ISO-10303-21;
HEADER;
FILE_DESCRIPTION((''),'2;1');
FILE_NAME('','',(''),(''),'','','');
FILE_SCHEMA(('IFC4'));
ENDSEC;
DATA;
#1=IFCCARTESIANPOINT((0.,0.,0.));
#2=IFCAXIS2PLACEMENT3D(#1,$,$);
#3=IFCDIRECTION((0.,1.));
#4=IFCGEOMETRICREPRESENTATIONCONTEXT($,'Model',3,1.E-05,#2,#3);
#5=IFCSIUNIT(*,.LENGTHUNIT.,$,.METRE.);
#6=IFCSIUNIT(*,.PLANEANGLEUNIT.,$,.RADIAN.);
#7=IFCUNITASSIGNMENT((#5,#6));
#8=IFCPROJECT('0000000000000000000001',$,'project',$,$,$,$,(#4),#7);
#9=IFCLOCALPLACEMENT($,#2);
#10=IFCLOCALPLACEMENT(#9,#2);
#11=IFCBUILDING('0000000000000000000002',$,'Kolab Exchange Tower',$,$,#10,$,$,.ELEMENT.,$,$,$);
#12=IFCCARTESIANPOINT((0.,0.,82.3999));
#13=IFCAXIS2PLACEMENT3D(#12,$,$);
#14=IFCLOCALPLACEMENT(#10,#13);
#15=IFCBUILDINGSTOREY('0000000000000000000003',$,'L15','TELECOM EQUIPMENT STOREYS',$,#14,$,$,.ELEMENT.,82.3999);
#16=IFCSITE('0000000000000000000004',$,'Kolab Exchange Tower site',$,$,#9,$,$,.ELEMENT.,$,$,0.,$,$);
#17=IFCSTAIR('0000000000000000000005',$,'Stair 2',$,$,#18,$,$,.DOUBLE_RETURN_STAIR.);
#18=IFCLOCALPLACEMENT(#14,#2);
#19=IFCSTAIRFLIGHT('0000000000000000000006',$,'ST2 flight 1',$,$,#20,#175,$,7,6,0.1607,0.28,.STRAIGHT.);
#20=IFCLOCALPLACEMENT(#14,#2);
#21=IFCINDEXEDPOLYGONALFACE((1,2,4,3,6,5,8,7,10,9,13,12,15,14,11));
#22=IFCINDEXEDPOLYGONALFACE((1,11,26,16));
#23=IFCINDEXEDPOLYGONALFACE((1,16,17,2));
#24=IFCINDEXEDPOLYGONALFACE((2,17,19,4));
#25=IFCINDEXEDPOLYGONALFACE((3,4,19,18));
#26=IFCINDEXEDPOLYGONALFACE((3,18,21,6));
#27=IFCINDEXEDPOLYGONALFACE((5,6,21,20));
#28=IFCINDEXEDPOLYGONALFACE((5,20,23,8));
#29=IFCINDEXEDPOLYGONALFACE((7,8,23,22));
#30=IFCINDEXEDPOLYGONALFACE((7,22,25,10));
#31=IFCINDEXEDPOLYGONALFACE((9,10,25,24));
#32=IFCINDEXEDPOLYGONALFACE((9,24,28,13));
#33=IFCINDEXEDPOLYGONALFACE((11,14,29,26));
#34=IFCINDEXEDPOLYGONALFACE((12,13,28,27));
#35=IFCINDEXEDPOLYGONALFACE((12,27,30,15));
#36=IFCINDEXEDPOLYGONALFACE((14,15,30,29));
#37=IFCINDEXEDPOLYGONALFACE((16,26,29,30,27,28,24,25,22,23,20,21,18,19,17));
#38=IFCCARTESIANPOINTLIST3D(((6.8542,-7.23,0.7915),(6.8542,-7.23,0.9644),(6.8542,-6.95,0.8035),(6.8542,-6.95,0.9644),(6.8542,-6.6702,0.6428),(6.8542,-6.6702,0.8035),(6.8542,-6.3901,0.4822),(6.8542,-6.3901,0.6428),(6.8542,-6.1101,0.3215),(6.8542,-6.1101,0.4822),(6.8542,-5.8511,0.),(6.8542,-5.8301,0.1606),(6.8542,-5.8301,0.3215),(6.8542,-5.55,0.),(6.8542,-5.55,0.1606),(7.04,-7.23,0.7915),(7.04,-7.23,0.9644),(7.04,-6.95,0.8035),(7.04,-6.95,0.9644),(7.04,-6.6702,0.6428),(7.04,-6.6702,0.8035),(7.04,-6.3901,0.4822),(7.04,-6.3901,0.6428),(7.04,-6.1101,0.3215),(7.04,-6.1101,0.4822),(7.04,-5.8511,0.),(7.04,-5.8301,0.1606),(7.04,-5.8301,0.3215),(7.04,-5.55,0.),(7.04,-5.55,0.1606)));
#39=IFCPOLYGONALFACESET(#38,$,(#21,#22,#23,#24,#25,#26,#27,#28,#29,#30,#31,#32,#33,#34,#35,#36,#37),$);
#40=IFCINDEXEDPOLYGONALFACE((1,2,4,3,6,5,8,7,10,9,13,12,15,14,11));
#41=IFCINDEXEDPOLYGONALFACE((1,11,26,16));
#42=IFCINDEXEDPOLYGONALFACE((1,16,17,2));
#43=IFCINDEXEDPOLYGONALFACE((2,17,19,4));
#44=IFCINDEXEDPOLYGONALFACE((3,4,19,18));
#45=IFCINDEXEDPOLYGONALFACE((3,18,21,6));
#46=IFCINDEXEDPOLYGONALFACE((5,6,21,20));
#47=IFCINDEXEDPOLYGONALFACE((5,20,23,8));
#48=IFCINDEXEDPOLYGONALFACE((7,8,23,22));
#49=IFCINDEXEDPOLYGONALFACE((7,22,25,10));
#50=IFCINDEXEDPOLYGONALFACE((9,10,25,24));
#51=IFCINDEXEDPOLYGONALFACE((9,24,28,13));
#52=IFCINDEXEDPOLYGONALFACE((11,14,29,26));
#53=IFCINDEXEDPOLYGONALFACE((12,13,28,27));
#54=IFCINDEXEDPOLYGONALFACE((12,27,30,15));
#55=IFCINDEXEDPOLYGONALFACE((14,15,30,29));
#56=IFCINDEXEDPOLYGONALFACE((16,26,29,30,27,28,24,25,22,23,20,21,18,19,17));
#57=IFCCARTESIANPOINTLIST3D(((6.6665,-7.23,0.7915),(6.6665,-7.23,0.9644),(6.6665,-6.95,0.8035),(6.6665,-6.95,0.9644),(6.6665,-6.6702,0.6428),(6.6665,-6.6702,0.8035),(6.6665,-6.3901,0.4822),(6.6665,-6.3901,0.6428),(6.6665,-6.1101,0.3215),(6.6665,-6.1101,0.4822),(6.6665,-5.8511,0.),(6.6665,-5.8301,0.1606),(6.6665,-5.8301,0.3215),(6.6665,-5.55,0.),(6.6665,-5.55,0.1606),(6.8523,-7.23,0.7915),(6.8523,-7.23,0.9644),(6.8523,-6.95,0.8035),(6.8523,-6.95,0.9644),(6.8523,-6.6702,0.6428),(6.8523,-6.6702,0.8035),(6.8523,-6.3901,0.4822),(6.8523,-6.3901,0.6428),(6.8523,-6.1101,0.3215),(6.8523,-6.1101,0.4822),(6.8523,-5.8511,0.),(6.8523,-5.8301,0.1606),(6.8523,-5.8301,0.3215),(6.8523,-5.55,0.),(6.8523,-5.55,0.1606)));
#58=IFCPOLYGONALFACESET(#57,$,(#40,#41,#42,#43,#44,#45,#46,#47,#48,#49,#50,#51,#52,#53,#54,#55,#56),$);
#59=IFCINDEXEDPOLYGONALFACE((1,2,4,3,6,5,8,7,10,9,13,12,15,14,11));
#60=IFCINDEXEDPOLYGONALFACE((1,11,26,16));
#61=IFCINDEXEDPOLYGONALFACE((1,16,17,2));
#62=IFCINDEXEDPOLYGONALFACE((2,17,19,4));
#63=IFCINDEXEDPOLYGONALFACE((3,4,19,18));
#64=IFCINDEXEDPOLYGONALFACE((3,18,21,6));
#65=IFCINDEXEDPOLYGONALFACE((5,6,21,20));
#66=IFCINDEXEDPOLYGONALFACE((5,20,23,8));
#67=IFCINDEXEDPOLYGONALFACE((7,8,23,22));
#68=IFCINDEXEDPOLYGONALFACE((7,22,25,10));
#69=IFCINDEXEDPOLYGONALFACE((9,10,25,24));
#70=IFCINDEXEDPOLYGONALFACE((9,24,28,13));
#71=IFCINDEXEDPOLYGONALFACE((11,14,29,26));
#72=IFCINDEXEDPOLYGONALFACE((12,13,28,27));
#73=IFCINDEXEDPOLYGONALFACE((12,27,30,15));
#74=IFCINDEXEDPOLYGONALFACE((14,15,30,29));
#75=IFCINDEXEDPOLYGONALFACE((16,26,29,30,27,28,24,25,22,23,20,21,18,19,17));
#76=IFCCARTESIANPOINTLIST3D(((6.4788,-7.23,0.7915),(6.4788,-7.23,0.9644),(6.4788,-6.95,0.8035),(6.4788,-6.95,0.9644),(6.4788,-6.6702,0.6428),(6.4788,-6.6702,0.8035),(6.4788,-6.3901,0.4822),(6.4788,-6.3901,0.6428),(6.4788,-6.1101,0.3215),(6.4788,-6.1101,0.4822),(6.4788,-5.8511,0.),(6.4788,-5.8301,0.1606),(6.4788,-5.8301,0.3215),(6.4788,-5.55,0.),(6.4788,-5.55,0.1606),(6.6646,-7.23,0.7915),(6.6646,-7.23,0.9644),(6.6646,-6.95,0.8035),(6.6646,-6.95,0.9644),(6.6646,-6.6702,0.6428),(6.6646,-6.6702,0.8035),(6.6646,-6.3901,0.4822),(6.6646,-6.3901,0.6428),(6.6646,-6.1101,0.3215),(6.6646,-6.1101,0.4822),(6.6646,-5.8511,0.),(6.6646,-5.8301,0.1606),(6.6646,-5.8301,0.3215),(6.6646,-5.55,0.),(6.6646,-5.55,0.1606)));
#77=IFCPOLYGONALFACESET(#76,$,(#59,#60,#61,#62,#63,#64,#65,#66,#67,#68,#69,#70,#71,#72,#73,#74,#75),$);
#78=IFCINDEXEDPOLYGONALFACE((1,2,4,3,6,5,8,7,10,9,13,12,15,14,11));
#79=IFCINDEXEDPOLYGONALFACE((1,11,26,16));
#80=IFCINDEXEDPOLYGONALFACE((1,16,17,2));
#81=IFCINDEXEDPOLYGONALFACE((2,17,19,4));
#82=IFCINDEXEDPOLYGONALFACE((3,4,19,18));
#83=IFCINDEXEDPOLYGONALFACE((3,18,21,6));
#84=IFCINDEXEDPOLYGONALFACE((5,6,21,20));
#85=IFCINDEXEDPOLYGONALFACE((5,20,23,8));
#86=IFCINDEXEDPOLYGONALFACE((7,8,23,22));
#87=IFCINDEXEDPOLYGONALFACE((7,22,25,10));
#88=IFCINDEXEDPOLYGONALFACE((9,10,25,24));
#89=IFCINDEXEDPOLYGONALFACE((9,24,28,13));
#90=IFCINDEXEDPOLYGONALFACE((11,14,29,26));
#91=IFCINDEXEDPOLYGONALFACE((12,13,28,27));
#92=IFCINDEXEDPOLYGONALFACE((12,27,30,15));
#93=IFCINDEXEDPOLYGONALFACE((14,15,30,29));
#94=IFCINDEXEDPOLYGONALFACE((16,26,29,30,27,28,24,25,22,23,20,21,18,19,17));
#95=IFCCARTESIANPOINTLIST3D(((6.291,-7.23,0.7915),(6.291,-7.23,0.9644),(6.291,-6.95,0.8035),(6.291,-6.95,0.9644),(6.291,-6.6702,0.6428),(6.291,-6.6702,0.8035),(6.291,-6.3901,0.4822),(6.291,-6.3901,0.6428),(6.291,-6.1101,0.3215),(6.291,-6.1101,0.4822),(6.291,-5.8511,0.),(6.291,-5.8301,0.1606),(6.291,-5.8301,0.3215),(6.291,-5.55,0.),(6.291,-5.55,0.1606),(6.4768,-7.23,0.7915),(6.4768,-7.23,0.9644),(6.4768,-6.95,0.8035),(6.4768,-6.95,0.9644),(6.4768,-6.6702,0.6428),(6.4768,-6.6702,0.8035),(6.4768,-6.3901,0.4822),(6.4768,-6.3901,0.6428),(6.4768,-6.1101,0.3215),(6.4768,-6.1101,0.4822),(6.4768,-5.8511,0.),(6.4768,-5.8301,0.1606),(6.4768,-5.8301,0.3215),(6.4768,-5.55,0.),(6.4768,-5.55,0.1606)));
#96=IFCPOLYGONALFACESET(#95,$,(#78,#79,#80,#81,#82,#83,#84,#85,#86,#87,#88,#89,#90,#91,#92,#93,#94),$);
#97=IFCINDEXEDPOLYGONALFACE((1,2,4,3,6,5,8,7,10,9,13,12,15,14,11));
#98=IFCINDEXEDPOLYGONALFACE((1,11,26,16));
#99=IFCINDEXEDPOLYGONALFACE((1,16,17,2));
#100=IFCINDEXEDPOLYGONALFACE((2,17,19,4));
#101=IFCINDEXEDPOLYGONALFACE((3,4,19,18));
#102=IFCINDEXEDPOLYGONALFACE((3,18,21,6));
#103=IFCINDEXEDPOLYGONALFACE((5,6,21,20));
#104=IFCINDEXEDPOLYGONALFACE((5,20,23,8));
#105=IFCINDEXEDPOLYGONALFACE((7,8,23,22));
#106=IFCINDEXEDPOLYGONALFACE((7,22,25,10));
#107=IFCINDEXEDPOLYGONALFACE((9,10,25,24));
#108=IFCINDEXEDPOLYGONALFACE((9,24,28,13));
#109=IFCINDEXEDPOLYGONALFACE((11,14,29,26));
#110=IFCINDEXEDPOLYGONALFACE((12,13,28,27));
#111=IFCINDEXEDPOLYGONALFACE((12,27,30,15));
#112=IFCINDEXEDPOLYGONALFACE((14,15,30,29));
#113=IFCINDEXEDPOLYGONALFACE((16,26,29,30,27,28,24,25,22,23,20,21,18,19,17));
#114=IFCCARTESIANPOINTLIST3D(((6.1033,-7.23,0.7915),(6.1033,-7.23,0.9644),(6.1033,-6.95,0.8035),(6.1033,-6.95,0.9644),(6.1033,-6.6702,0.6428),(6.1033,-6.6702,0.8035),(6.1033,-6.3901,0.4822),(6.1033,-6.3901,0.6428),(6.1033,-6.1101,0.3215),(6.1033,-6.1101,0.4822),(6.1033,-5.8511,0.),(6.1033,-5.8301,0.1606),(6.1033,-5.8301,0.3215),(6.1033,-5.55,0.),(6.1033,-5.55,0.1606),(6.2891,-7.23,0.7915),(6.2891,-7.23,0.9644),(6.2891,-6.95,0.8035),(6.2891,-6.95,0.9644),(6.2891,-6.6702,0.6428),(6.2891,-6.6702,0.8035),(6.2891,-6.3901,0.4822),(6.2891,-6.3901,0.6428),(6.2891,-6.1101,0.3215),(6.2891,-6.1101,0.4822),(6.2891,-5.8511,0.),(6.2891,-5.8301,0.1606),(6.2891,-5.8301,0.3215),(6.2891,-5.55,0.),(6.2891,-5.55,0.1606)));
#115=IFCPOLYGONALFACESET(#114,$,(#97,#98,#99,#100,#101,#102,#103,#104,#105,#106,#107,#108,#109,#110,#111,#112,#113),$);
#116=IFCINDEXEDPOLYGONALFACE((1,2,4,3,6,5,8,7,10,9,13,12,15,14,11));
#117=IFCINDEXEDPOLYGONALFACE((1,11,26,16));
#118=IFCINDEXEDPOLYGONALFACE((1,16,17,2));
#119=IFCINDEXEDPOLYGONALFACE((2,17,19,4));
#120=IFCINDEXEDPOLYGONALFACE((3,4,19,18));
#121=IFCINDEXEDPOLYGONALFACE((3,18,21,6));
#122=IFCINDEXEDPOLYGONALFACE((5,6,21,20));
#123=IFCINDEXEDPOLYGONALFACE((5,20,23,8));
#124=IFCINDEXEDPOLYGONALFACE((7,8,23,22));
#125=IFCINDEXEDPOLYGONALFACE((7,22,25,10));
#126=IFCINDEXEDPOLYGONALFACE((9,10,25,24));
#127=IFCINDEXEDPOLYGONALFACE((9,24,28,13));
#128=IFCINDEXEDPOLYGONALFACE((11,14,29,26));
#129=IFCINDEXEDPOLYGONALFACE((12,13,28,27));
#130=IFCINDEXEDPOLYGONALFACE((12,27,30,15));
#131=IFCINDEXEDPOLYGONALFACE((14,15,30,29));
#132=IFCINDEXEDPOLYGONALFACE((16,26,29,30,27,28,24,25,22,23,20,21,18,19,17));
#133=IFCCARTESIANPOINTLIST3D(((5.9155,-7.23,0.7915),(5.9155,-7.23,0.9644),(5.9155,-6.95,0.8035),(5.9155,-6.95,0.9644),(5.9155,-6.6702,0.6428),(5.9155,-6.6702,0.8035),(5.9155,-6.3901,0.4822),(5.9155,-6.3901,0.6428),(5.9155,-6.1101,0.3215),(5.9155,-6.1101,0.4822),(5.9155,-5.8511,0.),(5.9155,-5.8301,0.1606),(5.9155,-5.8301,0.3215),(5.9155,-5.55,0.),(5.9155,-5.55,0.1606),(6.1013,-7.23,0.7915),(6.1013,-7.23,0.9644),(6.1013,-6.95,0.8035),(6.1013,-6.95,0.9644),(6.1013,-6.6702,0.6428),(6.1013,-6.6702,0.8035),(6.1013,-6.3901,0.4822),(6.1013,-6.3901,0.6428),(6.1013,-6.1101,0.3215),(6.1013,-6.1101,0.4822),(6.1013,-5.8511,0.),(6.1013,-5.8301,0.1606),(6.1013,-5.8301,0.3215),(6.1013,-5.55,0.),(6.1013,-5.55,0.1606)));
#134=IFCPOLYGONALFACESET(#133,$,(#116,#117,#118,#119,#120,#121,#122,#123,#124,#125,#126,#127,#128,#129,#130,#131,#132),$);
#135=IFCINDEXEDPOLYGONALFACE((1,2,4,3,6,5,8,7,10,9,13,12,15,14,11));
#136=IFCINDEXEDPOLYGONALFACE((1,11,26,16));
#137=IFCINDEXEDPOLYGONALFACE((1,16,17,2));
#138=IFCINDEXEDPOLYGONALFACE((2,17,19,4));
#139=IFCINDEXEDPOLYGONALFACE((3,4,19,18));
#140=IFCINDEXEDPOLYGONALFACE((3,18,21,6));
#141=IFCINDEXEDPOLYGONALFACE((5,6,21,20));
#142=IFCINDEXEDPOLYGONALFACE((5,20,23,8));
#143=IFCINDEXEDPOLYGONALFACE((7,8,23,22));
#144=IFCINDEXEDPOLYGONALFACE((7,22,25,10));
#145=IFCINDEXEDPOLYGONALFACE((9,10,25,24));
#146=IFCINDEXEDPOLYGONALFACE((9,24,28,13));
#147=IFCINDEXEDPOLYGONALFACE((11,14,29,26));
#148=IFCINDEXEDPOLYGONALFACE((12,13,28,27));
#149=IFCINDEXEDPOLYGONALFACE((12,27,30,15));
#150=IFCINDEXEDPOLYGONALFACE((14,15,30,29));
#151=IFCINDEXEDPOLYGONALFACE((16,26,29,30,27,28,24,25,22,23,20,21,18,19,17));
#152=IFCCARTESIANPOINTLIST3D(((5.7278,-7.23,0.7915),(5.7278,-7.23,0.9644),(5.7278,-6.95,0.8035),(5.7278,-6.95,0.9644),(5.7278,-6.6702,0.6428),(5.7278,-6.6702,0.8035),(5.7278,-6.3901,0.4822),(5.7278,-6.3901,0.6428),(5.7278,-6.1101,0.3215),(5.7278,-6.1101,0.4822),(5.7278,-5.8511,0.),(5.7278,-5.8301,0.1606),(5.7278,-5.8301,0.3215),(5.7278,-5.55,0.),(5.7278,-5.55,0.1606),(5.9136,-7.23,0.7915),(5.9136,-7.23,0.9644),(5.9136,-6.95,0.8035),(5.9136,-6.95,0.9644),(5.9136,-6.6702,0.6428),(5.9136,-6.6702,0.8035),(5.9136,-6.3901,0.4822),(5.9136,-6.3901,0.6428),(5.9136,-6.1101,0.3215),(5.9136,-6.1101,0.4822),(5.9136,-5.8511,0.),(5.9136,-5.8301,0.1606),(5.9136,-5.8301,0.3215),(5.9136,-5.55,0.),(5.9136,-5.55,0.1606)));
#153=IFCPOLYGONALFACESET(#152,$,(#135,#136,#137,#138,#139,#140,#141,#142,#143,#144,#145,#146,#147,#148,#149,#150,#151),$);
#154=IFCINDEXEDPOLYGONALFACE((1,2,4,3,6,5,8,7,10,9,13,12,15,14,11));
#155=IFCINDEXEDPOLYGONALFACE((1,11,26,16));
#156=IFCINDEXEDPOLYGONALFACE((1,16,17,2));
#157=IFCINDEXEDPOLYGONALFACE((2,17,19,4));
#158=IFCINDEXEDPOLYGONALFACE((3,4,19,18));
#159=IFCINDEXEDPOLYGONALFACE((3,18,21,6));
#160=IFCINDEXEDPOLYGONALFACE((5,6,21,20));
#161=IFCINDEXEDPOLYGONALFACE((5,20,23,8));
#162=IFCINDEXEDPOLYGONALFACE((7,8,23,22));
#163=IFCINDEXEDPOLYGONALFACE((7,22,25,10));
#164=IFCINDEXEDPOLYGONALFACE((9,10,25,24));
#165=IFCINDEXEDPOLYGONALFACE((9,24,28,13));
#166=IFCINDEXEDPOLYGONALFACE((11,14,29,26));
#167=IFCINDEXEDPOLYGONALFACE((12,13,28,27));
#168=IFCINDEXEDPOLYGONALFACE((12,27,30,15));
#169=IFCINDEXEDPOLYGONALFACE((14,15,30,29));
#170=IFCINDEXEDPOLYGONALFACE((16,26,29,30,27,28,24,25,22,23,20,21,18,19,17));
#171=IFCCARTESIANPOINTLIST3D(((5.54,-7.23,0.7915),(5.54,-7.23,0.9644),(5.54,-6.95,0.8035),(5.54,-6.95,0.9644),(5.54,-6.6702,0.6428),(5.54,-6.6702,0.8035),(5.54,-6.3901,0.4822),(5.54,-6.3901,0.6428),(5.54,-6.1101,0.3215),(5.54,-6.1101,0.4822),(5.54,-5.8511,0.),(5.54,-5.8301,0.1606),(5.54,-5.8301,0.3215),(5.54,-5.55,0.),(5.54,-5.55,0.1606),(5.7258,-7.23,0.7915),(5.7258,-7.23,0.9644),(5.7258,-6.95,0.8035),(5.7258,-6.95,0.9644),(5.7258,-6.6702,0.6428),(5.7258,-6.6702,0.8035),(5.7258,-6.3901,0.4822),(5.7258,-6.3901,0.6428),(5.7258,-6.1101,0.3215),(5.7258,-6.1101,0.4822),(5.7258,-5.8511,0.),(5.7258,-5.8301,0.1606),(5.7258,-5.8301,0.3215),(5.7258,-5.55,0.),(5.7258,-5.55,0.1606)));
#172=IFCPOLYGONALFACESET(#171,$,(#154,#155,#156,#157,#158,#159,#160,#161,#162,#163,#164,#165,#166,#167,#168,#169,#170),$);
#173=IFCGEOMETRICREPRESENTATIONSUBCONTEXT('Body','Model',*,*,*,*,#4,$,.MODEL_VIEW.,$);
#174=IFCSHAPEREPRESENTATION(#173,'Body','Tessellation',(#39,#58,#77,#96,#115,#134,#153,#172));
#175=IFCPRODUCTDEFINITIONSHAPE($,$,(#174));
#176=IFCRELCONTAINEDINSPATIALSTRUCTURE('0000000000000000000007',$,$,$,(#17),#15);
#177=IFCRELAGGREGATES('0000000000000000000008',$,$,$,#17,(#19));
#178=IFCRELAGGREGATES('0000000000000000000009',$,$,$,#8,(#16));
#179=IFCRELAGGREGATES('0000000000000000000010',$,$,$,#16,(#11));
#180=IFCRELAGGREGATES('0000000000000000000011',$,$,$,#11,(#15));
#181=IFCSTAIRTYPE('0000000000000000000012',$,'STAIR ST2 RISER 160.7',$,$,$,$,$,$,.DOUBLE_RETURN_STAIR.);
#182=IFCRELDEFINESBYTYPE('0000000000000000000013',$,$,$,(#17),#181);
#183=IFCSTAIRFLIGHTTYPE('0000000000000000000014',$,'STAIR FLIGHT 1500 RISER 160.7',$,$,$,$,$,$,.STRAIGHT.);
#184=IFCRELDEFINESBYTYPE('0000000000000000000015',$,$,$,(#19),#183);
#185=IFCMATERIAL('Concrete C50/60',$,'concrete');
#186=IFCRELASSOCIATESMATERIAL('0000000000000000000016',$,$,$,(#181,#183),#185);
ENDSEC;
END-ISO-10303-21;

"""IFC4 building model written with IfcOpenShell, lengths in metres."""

from ifc_helpers import new_model, si_unit, direction, frame, origin, place, context, subcontext, project, spatial, polyline, outline, extrude, material, type_object, element, aggregate, save


model = new_model("IFC4")

# Units and contexts
model_context = context("Model", 3, precision=1e-05, world=origin(), true_north=direction((0.0, 1.0)))
body_context = subcontext(model_context, "Body", "Model", "MODEL_VIEW")
ifc_project = project(units=[si_unit("LENGTHUNIT", "METRE"), si_unit("PLANEANGLEUNIT", "RADIAN")], contexts=[model_context])

# Site, building, storey
site_placement = place(None, origin())
site = spatial("IfcSite", under=ifc_project, at=site_placement, Name="Kolab Exchange Tower site", CompositionType="ELEMENT", RefElevation=0.0)
building_placement = place(site_placement, origin())
building = spatial("IfcBuilding", under=site, at=building_placement, Name="Kolab Exchange Tower", CompositionType="ELEMENT")
storey_placement = place(building_placement, frame((0.0, 0.0, 82.3999)))
storey = spatial("IfcBuildingStorey", under=building, at=storey_placement, Name="L15", Description="TELECOM EQUIPMENT STOREYS", CompositionType="ELEMENT", Elevation=82.3999)

# Shared definitions
ifc_material_1 = material(Name="Concrete C50/60", Category="concrete")

# Stair, stair flight
stair_type = type_object("IfcStairType", Name="STAIR ST2 RISER 160.7", PredefinedType="DOUBLE_RETURN_STAIR", material=ifc_material_1)
stair_placement = place(storey_placement, origin())
stair = element("IfcStair", 1, at=stair_placement, inside=storey, type_object=stair_type, Name="Stair 2", PredefinedType="DOUBLE_RETURN_STAIR")
stair_flight_type = type_object("IfcStairFlightType", Name="STAIR FLIGHT 1500 RISER 160.7", PredefinedType="STRAIGHT", material=ifc_material_1)
stair_flight_1_placement = place(storey_placement, frame((6.29, -5.55, 0.0), z_axis=(0.0, 0.0, 1.0), x_axis=(0.0, -1.0, 0.0)))
stair_flight_1 = element("IfcStairFlight", 2, at=stair_flight_1_placement, type_object=stair_flight_type, Name="ST2 flight 1", NumberOfRisers=7, NumberOfTreads=6, PredefinedType="STRAIGHT", RiserHeight=0.1607, TreadLength=0.28, context=body_context, shape_type="SweptSolid", body=[
    extrude(outline(polyline([(0.0, 0.0), (0.0, 0.1606), (0.28, 0.1606), (0.28, 0.3215), (0.5601, 0.3215), (0.5601, 0.4822), (0.8401, 0.4822), (0.8401, 0.6428), (1.1201, 0.6428), (1.1201, 0.8035), (1.3999, 0.8035), (1.3999, 0.9644), (1.6799, 0.9644), (1.6799, 1.125), (1.6799, 0.7915), (0.301, 0.0), (0.0, 0.0)])), frame((0.0, 0.75, 0.0), z_axis=(0.0, -1.0, 0.0), x_axis=(1.0, 0.0, 0.0)), (0.0, 0.0, 1.0), 0.1858),
    extrude(outline(polyline([(0.0, 0.0), (0.0, 0.1606), (0.28, 0.1606), (0.28, 0.3215), (0.5601, 0.3215), (0.5601, 0.4822), (0.8401, 0.4822), (0.8401, 0.6428), (1.1201, 0.6428), (1.1201, 0.8035), (1.3999, 0.8035), (1.3999, 0.9644), (1.6799, 0.9644), (1.6799, 1.125), (1.6799, 0.7915), (0.301, 0.0), (0.0, 0.0)])), frame((0.0, 0.5623, 0.0), z_axis=(0.0, -1.0, 0.0), x_axis=(1.0, 0.0, 0.0)), (0.0, 0.0, 1.0), 0.1858),
    extrude(outline(polyline([(0.0, 0.0), (0.0, 0.1606), (0.28, 0.1606), (0.28, 0.3215), (0.5601, 0.3215), (0.5601, 0.4822), (0.8401, 0.4822), (0.8401, 0.6428), (1.1201, 0.6428), (1.1201, 0.8035), (1.3999, 0.8035), (1.3999, 0.9644), (1.6799, 0.9644), (1.6799, 1.125), (1.6799, 0.7915), (0.301, 0.0), (0.0, 0.0)])), frame((0.0, 0.3745, 0.0), z_axis=(0.0, -1.0, 0.0), x_axis=(1.0, 0.0, 0.0)), (0.0, 0.0, 1.0), 0.1858),
    extrude(outline(polyline([(0.0, 0.0), (0.0, 0.1606), (0.28, 0.1606), (0.28, 0.3215), (0.5601, 0.3215), (0.5601, 0.4822), (0.8401, 0.4822), (0.8401, 0.6428), (1.1201, 0.6428), (1.1201, 0.8035), (1.3999, 0.8035), (1.3999, 0.9644), (1.6799, 0.9644), (1.6799, 1.125), (1.6799, 0.7915), (0.301, 0.0), (0.0, 0.0)])), frame((0.0, 0.1868, 0.0), z_axis=(0.0, -1.0, 0.0), x_axis=(1.0, 0.0, 0.0)), (0.0, 0.0, 1.0), 0.1858),
    extrude(outline(polyline([(0.0, 0.0), (0.0, 0.1606), (0.28, 0.1606), (0.28, 0.3215), (0.5601, 0.3215), (0.5601, 0.4822), (0.8401, 0.4822), (0.8401, 0.6428), (1.1201, 0.6428), (1.1201, 0.8035), (1.3999, 0.8035), (1.3999, 0.9644), (1.6799, 0.9644), (1.6799, 1.125), (1.6799, 0.7915), (0.301, 0.0), (0.0, 0.0)])), frame((0.0, -0.001, 0.0), z_axis=(0.0, -1.0, 0.0), x_axis=(1.0, 0.0, 0.0)), (0.0, 0.0, 1.0), 0.1858),
    extrude(outline(polyline([(0.0, 0.0), (0.0, 0.1606), (0.28, 0.1606), (0.28, 0.3215), (0.5601, 0.3215), (0.5601, 0.4822), (0.8401, 0.4822), (0.8401, 0.6428), (1.1201, 0.6428), (1.1201, 0.8035), (1.3999, 0.8035), (1.3999, 0.9644), (1.6799, 0.9644), (1.6799, 1.125), (1.6799, 0.7915), (0.301, 0.0), (0.0, 0.0)])), frame((0.0, -0.1887, 0.0), z_axis=(0.0, -1.0, 0.0), x_axis=(1.0, 0.0, 0.0)), (0.0, 0.0, 1.0), 0.1858),
    extrude(outline(polyline([(0.0, 0.0), (0.0, 0.1606), (0.28, 0.1606), (0.28, 0.3215), (0.5601, 0.3215), (0.5601, 0.4822), (0.8401, 0.4822), (0.8401, 0.6428), (1.1201, 0.6428), (1.1201, 0.8035), (1.3999, 0.8035), (1.3999, 0.9644), (1.6799, 0.9644), (1.6799, 1.125), (1.6799, 0.7915), (0.301, 0.0), (0.0, 0.0)])), frame((0.0, -0.3765, 0.0), z_axis=(0.0, -1.0, 0.0), x_axis=(1.0, 0.0, 0.0)), (0.0, 0.0, 1.0), 0.1858),
    extrude(outline(polyline([(0.0, 0.0), (0.0, 0.1606), (0.28, 0.1606), (0.28, 0.3215), (0.5601, 0.3215), (0.5601, 0.4822), (0.8401, 0.4822), (0.8401, 0.6428), (1.1201, 0.6428), (1.1201, 0.8035), (1.3999, 0.8035), (1.3999, 0.9644), (1.6799, 0.9644), (1.6799, 1.125), (1.6799, 0.7915), (0.301, 0.0), (0.0, 0.0)])), frame((0.0, -0.5642, 0.0), z_axis=(0.0, -1.0, 0.0), x_axis=(1.0, 0.0, 0.0)), (0.0, 0.0, 1.0), 0.1858),
])
aggregate(stair, [stair_flight_1])

save(model, "model.ifc")
